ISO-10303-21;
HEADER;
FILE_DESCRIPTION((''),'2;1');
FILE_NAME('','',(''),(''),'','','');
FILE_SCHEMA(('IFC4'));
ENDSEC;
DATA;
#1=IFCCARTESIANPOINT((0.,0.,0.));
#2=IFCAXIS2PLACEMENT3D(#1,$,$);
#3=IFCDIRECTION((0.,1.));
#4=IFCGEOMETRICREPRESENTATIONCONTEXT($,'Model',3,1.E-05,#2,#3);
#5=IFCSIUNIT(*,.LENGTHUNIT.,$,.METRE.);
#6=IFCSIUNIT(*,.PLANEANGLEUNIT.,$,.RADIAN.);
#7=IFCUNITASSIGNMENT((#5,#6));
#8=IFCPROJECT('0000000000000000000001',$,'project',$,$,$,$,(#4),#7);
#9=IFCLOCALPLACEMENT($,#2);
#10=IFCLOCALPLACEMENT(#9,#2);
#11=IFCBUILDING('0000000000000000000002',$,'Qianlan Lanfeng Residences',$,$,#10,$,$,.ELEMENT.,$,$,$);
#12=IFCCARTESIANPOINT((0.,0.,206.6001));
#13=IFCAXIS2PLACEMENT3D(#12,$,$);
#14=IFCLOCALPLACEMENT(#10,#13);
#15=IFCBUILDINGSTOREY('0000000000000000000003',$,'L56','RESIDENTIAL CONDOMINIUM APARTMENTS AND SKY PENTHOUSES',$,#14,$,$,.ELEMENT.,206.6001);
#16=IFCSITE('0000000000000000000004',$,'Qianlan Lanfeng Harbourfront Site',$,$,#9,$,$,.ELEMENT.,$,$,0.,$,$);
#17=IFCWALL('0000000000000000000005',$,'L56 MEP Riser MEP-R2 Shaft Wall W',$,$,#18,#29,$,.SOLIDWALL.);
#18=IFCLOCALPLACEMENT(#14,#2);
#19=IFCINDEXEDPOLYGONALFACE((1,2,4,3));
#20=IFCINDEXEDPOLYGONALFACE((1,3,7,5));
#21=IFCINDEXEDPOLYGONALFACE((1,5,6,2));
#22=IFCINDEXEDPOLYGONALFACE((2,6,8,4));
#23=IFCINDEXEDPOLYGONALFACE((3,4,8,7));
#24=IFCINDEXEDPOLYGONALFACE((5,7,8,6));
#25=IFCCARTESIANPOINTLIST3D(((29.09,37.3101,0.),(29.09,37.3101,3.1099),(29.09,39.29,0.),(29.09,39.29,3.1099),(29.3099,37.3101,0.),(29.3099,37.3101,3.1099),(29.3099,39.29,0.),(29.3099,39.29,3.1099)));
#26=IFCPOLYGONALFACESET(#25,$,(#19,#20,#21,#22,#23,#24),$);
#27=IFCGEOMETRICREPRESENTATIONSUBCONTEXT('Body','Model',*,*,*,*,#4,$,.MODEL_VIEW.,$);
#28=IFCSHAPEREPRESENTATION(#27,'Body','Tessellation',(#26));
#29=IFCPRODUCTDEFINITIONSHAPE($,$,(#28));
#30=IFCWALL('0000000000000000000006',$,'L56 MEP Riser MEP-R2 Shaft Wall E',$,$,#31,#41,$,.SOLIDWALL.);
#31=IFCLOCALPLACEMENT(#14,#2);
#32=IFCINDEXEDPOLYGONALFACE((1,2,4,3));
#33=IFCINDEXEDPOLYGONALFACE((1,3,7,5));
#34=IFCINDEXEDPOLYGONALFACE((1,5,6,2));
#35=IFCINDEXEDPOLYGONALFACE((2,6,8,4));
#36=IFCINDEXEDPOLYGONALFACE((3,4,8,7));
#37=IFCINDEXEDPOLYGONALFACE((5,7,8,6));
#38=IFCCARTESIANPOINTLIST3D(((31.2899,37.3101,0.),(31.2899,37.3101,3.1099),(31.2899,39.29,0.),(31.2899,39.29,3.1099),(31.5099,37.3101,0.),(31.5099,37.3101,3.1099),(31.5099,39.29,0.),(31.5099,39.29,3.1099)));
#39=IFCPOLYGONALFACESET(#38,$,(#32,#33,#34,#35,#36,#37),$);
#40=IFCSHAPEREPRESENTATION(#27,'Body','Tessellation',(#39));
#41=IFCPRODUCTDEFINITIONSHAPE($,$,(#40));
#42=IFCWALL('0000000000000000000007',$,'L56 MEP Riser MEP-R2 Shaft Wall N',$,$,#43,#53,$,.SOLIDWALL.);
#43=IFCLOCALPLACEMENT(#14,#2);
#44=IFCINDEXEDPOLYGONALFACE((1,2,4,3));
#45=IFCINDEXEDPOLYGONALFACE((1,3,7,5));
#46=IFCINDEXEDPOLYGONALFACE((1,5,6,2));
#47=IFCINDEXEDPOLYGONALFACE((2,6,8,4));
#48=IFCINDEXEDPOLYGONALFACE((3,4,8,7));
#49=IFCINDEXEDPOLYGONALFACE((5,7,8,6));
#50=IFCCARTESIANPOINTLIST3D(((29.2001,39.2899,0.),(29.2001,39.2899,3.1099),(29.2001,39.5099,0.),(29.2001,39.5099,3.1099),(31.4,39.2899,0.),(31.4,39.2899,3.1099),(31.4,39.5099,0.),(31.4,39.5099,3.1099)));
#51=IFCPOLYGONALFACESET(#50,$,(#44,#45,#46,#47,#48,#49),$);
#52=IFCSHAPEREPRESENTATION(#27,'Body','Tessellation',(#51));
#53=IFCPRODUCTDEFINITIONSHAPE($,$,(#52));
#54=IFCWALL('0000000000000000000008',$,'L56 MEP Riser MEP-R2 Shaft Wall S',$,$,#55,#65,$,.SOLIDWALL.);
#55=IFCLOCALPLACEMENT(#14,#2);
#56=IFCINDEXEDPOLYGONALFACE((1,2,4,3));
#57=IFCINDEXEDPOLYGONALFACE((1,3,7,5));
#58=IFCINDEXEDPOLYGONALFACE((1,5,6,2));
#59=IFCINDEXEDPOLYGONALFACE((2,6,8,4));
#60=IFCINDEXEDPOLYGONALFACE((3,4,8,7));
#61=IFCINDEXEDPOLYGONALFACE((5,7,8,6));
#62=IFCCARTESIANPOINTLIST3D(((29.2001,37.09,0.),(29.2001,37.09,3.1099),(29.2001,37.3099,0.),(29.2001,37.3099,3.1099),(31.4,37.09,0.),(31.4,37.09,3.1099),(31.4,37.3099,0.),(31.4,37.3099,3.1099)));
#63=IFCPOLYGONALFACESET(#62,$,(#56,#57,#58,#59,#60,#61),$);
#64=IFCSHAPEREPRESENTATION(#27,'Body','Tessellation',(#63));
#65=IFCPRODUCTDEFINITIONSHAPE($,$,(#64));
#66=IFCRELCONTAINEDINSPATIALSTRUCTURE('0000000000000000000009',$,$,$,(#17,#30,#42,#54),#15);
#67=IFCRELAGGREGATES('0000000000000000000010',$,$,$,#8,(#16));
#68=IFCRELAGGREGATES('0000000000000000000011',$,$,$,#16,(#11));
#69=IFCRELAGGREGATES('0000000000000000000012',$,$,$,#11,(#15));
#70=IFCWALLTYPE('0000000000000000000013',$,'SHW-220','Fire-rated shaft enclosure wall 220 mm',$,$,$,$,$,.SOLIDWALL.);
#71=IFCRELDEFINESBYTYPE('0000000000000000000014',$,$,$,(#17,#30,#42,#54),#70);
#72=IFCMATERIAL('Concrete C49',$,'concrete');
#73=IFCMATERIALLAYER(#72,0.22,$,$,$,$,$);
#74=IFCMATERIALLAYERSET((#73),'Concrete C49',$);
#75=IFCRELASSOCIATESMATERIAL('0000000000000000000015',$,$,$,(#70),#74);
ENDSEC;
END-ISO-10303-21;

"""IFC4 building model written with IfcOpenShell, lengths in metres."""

from ifc_helpers import new_model, si_unit, direction, frame, frame_2d, origin, place, context, subcontext, project, spatial, rectangle, extrude, material, layer, layer_set, type_object, element, save


model = new_model("IFC4")

# Units and contexts
model_context = context("Model", 3, precision=1e-05, world=origin(), true_north=direction((0.0, 1.0)))
body_context = subcontext(model_context, "Body", "Model", "MODEL_VIEW")
ifc_project = project(units=[si_unit("LENGTHUNIT", "METRE"), si_unit("PLANEANGLEUNIT", "RADIAN")], contexts=[model_context])

# Site, building, storey
site_placement = place(None, origin())
site = spatial("IfcSite", under=ifc_project, at=site_placement, Name="Qianlan Lanfeng Harbourfront Site", CompositionType="ELEMENT", RefElevation=0.0)
building_placement = place(site_placement, origin())
building = spatial("IfcBuilding", under=site, at=building_placement, Name="Qianlan Lanfeng Residences", CompositionType="ELEMENT")
storey_placement = place(building_placement, frame((0.0, 0.0, 206.6001)))
storey = spatial("IfcBuildingStorey", under=building, at=storey_placement, Name="L56", Description="RESIDENTIAL CONDOMINIUM APARTMENTS AND SKY PENTHOUSES", CompositionType="ELEMENT", Elevation=206.6001)

# Walls
ifc_material_1 = material(Name="Concrete C49", Category="concrete")
ifc_layer_1 = layer(ifc_material_1, 0.22)
ifc_layer_set_1 = layer_set([ifc_layer_1], Name="Concrete C49")
wall_type_1 = type_object("IfcWallType", Name="SHW-220", Description="Fire-rated shaft enclosure wall 220 mm", PredefinedType="SOLIDWALL", material=ifc_layer_set_1)
for number, where, z_axis, x_axis, name in (
    (1, (29.2, 37.3101, 0.0), (0.0, 0.0, 1.0), (0.0, 1.0, 0.0), "L56 MEP Riser MEP-R2 Shaft Wall W"),
    (2, (31.3999, 37.3101, 0.0), (0.0, 0.0, 1.0), (0.0, 1.0, 0.0), "L56 MEP Riser MEP-R2 Shaft Wall E"),
):
    element("IfcWall", number, at=place(storey_placement, frame(where, z_axis=z_axis, x_axis=x_axis)), inside=storey, type_object=wall_type_1, Name=name, PredefinedType="SOLIDWALL", context=body_context, shape_type="SweptSolid", body=[
        extrude(rectangle(XDim=1.98, YDim=0.22, at=frame_2d((0.99, 0.0))), origin(), (0.0, 0.0, 1.0), 3.1099),
    ])
for number, where, z_axis, x_axis, name in (
    (3, (29.2, 39.3999, 0.0), (0.0, 0.0, 1.0), (1.0, 0.0, 0.0), "L56 MEP Riser MEP-R2 Shaft Wall N"),
    (4, (29.2, 37.2, 0.0), (0.0, 0.0, 1.0), (1.0, 0.0, 0.0), "L56 MEP Riser MEP-R2 Shaft Wall S"),
):
    element("IfcWall", number, at=place(storey_placement, frame(where, z_axis=z_axis, x_axis=x_axis)), inside=storey, type_object=wall_type_1, Name=name, PredefinedType="SOLIDWALL", context=body_context, shape_type="SweptSolid", body=[
        extrude(rectangle(XDim=2.2, YDim=0.22, at=frame_2d((1.1001, 0.0))), origin(), (0.0, 0.0, 1.0), 3.1099),
    ])

save(model, "model.ifc")
